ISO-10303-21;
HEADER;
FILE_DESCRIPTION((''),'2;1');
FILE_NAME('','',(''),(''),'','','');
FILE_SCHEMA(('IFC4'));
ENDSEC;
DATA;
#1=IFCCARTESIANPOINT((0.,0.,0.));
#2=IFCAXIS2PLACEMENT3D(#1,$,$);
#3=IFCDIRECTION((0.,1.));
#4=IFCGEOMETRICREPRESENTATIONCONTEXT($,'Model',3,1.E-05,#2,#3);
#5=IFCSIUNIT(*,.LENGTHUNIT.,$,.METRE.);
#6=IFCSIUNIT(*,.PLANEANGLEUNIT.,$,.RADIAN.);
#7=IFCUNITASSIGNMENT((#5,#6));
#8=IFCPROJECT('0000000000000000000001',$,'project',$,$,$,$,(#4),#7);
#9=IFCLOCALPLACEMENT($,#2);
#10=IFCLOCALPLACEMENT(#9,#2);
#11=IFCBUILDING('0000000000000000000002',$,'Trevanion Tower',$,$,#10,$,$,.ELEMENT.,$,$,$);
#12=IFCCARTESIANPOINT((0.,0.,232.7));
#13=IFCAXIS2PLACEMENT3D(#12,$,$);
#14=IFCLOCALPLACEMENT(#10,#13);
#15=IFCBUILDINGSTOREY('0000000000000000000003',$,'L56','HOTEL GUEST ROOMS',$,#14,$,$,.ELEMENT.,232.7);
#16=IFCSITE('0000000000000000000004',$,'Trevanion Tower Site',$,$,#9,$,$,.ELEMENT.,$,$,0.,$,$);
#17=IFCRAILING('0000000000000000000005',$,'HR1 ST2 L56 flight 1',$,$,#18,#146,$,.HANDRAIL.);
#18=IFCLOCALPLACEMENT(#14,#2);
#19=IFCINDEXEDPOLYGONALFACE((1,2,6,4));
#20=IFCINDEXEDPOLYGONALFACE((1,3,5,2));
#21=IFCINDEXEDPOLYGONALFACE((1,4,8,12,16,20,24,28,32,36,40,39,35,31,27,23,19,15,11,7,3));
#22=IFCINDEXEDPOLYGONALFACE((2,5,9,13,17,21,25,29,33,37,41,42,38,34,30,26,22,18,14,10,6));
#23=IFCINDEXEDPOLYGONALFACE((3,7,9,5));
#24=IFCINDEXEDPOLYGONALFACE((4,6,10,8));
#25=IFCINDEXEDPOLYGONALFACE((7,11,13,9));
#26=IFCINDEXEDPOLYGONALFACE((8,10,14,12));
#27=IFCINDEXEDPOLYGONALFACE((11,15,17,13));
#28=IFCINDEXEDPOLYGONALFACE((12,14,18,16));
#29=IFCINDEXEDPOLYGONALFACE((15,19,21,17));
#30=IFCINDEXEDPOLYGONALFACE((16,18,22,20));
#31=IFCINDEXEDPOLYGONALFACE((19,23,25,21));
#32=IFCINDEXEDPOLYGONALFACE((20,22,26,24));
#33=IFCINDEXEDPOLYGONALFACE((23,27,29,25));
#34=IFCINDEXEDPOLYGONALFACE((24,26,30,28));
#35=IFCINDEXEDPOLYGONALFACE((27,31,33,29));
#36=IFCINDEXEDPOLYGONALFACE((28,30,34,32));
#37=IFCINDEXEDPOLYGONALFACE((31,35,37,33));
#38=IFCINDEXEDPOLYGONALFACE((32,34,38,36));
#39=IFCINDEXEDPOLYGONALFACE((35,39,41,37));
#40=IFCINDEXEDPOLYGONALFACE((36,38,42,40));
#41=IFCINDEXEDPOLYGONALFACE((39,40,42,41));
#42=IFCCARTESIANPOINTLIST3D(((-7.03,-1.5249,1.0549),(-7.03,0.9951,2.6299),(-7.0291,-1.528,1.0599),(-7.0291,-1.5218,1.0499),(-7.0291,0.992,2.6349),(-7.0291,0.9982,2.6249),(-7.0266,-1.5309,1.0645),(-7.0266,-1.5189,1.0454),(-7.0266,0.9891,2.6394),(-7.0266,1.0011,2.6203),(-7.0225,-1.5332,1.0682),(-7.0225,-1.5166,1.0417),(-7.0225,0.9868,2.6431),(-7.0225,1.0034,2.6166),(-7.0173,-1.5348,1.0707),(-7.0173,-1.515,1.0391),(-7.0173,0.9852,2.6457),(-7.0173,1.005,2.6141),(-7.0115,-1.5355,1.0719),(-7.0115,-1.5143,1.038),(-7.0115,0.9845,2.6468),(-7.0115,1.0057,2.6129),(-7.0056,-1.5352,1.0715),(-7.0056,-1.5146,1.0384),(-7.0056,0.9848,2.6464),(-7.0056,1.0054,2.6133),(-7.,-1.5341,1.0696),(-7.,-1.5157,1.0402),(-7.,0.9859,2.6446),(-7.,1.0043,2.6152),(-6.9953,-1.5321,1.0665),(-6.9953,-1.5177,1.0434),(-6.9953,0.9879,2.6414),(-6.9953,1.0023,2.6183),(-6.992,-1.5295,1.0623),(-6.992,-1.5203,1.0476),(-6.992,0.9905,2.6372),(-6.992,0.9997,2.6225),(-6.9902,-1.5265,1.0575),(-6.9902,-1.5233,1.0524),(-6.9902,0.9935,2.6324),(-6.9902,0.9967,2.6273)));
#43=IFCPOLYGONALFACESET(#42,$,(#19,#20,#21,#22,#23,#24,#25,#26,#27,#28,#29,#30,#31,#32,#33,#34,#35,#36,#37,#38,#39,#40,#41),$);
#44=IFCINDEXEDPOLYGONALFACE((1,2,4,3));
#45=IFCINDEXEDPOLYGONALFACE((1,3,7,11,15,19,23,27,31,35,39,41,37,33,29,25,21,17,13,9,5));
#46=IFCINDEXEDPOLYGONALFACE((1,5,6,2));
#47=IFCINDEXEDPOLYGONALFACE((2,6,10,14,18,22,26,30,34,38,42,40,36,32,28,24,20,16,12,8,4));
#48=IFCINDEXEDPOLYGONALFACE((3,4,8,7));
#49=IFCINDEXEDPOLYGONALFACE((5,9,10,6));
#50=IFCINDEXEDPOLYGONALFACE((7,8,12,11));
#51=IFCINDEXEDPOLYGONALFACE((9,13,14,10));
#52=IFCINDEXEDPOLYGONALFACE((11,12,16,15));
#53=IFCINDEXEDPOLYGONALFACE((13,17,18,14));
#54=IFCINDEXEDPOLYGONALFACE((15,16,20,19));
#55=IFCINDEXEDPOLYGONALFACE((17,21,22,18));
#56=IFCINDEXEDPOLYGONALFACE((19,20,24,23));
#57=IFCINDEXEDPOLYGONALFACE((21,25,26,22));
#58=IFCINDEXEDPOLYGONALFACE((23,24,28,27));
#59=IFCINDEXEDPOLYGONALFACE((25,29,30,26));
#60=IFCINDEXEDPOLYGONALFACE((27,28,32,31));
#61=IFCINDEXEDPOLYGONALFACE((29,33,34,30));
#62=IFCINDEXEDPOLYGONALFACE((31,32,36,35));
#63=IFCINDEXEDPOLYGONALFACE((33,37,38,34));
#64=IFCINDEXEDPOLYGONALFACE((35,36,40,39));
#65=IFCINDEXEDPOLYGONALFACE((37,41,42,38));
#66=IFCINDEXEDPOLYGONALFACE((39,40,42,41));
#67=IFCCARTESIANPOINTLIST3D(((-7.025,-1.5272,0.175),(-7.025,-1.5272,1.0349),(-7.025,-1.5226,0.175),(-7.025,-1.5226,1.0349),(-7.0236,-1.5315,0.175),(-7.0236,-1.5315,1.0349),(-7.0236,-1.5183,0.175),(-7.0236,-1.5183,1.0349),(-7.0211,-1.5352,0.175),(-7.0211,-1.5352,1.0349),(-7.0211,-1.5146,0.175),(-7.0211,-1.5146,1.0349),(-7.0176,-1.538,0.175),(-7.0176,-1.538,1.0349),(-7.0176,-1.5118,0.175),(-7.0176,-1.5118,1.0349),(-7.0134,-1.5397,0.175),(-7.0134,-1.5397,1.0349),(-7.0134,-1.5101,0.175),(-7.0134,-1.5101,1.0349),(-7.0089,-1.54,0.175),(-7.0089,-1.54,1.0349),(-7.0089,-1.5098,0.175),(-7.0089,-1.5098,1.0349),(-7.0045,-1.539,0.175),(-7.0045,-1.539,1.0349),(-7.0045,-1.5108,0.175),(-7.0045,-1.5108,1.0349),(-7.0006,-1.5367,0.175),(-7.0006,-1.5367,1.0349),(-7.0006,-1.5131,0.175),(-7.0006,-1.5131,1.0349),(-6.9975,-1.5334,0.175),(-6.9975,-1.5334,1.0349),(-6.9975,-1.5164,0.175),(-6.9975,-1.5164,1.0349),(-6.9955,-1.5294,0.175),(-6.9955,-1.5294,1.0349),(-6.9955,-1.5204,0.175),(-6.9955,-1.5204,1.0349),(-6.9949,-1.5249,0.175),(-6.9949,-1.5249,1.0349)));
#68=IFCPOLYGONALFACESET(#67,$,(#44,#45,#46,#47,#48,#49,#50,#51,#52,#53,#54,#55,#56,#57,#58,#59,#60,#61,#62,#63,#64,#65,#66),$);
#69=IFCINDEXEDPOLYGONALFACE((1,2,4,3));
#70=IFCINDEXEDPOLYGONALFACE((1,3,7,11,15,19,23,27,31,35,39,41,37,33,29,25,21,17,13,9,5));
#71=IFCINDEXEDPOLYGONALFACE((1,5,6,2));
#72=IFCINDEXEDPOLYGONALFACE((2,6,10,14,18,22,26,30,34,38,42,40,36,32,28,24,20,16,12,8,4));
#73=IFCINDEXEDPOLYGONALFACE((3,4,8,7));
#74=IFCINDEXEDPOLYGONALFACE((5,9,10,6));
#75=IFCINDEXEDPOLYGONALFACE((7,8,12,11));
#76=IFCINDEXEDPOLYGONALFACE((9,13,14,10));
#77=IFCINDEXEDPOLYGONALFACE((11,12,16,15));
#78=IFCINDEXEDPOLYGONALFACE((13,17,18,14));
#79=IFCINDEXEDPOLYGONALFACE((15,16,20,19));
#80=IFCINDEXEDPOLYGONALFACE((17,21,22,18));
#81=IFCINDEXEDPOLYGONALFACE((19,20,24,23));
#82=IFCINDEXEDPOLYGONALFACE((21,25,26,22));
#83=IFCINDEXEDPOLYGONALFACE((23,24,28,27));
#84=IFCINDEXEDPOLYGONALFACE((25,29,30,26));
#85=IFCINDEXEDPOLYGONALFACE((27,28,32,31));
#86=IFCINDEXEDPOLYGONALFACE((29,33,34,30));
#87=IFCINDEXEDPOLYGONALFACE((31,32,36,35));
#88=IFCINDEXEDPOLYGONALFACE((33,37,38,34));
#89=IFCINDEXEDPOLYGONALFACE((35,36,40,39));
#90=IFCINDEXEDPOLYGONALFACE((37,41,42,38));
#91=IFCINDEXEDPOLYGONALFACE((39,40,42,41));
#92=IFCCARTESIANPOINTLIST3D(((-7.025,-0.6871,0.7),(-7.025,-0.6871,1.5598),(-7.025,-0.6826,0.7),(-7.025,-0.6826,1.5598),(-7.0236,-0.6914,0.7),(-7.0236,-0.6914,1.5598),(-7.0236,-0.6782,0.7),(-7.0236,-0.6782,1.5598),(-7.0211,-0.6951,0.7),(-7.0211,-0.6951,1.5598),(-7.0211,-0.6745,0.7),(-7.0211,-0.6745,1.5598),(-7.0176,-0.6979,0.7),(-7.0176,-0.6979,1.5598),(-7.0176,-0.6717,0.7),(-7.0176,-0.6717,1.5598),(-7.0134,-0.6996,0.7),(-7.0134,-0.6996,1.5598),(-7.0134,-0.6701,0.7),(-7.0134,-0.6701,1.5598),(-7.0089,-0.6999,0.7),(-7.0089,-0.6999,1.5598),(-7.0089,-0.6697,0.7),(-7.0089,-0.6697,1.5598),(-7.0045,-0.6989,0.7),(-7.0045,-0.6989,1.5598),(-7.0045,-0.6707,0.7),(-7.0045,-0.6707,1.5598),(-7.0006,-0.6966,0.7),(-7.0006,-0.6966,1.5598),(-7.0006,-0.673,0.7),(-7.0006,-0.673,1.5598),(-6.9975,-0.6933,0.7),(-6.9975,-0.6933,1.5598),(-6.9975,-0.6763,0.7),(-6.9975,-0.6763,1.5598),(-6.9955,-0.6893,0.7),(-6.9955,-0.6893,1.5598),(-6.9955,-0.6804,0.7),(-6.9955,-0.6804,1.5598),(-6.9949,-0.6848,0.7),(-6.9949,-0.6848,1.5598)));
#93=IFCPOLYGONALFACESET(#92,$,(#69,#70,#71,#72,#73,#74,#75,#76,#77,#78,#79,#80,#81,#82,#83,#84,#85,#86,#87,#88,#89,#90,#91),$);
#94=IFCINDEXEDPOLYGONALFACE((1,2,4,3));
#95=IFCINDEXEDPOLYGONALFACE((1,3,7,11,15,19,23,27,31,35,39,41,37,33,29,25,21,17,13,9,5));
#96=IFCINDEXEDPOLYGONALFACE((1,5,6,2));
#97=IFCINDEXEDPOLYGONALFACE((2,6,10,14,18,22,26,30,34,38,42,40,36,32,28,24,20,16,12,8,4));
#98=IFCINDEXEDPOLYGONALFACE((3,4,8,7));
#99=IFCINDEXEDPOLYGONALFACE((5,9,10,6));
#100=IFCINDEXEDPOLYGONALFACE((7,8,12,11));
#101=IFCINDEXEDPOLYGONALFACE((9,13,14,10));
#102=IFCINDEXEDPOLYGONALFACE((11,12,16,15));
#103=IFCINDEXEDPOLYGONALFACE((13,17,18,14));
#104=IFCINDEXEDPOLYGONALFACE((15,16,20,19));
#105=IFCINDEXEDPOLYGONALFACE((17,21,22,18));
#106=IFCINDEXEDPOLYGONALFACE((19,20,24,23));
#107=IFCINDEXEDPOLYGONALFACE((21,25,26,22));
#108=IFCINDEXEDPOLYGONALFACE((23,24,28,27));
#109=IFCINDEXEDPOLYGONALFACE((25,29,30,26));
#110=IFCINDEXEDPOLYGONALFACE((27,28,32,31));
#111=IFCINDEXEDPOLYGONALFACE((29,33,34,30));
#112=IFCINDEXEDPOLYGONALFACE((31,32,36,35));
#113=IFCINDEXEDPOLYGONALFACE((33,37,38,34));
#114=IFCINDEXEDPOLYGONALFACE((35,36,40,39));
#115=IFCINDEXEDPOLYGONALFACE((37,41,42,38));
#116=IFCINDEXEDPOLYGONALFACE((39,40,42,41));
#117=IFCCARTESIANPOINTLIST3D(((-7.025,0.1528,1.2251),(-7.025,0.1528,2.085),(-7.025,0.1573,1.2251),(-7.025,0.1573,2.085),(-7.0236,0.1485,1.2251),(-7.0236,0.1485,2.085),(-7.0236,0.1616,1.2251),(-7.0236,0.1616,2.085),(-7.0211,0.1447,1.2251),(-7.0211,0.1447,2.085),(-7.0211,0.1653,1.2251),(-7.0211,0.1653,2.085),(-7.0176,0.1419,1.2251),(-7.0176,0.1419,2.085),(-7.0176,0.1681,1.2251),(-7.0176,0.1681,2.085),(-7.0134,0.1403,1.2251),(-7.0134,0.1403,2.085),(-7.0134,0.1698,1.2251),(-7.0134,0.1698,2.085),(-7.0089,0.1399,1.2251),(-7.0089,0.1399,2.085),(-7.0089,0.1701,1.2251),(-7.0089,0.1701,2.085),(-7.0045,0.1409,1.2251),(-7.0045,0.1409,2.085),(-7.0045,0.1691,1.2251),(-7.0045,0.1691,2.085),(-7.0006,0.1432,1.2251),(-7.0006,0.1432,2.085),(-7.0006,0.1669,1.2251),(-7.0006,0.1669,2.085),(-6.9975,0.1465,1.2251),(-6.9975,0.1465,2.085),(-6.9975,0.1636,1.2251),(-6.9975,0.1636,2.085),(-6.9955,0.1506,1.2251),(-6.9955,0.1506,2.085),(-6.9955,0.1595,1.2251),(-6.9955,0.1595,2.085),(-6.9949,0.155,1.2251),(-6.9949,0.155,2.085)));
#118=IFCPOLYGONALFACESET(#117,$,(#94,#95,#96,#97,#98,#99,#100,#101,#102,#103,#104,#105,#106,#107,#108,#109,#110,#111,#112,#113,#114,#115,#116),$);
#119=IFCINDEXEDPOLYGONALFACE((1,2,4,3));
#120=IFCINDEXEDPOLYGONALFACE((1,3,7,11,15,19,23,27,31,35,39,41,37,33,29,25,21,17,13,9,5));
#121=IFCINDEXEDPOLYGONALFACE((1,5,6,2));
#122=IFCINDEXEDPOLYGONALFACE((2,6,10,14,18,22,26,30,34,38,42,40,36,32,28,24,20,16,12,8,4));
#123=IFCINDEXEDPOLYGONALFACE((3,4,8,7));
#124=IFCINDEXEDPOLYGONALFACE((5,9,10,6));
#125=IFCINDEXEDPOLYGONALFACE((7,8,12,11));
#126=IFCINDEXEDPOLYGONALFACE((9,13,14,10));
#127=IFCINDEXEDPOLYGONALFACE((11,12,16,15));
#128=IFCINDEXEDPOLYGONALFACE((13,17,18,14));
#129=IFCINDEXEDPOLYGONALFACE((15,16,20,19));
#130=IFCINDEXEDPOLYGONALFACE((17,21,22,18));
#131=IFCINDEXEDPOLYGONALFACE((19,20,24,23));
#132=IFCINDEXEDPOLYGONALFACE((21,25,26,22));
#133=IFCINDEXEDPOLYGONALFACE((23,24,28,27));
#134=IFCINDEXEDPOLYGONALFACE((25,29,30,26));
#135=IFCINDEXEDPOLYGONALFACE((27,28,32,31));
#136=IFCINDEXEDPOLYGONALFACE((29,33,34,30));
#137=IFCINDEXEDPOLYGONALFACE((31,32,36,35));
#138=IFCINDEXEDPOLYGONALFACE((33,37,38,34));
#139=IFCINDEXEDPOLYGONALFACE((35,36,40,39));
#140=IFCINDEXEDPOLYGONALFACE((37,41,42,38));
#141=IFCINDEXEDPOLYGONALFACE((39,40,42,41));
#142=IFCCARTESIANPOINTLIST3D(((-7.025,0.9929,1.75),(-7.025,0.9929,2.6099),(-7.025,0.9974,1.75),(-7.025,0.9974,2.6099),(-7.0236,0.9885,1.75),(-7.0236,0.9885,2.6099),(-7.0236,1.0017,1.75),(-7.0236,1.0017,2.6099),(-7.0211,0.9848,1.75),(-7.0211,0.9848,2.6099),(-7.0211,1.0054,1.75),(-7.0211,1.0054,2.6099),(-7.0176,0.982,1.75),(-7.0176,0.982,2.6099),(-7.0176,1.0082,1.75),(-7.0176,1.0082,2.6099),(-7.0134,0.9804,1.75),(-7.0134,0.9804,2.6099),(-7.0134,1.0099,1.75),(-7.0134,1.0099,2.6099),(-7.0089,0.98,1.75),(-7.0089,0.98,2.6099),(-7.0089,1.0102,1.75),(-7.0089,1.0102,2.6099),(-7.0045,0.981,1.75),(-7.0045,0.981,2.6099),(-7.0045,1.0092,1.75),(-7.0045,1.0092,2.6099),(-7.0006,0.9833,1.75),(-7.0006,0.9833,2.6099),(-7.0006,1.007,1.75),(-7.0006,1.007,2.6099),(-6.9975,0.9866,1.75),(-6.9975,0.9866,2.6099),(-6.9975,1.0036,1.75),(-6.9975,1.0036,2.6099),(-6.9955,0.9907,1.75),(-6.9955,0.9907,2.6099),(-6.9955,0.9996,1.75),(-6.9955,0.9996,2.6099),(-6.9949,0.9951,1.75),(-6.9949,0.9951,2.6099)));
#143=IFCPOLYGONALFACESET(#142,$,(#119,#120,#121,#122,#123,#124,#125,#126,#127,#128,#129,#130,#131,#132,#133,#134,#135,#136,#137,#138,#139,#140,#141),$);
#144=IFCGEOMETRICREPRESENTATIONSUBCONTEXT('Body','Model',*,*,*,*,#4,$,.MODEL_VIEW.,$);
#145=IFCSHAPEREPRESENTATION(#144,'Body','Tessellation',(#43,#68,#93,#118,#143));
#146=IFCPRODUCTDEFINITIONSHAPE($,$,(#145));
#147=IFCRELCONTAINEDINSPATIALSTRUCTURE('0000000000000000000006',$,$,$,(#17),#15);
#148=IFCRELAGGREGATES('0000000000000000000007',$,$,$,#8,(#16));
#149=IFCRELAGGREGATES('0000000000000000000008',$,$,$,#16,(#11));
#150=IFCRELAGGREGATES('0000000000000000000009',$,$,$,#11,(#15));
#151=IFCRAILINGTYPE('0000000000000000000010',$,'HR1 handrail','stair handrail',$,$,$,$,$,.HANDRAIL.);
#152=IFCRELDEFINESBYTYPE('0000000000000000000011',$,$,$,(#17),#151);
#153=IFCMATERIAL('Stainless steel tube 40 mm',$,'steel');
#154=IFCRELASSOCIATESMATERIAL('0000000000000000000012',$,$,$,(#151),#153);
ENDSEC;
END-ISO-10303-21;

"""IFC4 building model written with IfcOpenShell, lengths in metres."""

from ifc_helpers import new_model, si_unit, direction, frame, origin, origin_2d, place, context, subcontext, project, spatial, circle, extrude, material, type_object, element, save


model = new_model("IFC4")

# Units and contexts
model_context = context("Model", 3, precision=1e-05, world=origin(), true_north=direction((0.0, 1.0)))
body_context = subcontext(model_context, "Body", "Model", "MODEL_VIEW")
ifc_project = project(units=[si_unit("LENGTHUNIT", "METRE"), si_unit("PLANEANGLEUNIT", "RADIAN")], contexts=[model_context])

# Site, building, storey
site_placement = place(None, origin())
site = spatial("IfcSite", under=ifc_project, at=site_placement, Name="Trevanion Tower Site", CompositionType="ELEMENT", RefElevation=0.0)
building_placement = place(site_placement, origin())
building = spatial("IfcBuilding", under=site, at=building_placement, Name="Trevanion Tower", CompositionType="ELEMENT")
storey_placement = place(building_placement, frame((0.0, 0.0, 232.7)))
storey = spatial("IfcBuildingStorey", under=building, at=storey_placement, Name="L56", Description="HOTEL GUEST ROOMS", CompositionType="ELEMENT", Elevation=232.7)

# Railing
ifc_material_1 = material(Name="Stainless steel tube 40 mm", Category="steel")
railing_type = type_object("IfcRailingType", Name="HR1 handrail", Description="stair handrail", PredefinedType="HANDRAIL", material=ifc_material_1)
for number, where, name in (
    (1, (-7.01, -1.5249, 0.175), "HR1 ST2 L56 flight 1"),
):
    element("IfcRailing", number, at=place(storey_placement, frame(where)), inside=storey, type_object=railing_type, Name=name, PredefinedType="HANDRAIL", context=body_context, shape_type="SweptSolid", body=[
        extrude(circle(Radius=0.02, at=origin_2d()), frame((0.0, 0.0, 0.8799), z_axis=(0.0, 0.848008, 0.529984), x_axis=(-1.0, 0.0, 0.0)), (0.0, 0.0, 1.0), 2.9717),
        extrude(circle(Radius=0.0151, at=origin_2d()), origin(), (0.0, 0.0, 1.0), 0.8599),
        extrude(circle(Radius=0.0151, at=origin_2d()), frame((0.0, 0.8401, 0.5249)), (0.0, 0.0, 1.0), 0.8599),
        extrude(circle(Radius=0.0151, at=origin_2d()), frame((0.0, 1.6799, 1.05)), (0.0, 0.0, 1.0), 0.8599),
        extrude(circle(Radius=0.0151, at=origin_2d()), frame((0.0, 2.52, 1.575)), (0.0, 0.0, 1.0), 0.8599),
    ])

save(model, "model.ifc")
